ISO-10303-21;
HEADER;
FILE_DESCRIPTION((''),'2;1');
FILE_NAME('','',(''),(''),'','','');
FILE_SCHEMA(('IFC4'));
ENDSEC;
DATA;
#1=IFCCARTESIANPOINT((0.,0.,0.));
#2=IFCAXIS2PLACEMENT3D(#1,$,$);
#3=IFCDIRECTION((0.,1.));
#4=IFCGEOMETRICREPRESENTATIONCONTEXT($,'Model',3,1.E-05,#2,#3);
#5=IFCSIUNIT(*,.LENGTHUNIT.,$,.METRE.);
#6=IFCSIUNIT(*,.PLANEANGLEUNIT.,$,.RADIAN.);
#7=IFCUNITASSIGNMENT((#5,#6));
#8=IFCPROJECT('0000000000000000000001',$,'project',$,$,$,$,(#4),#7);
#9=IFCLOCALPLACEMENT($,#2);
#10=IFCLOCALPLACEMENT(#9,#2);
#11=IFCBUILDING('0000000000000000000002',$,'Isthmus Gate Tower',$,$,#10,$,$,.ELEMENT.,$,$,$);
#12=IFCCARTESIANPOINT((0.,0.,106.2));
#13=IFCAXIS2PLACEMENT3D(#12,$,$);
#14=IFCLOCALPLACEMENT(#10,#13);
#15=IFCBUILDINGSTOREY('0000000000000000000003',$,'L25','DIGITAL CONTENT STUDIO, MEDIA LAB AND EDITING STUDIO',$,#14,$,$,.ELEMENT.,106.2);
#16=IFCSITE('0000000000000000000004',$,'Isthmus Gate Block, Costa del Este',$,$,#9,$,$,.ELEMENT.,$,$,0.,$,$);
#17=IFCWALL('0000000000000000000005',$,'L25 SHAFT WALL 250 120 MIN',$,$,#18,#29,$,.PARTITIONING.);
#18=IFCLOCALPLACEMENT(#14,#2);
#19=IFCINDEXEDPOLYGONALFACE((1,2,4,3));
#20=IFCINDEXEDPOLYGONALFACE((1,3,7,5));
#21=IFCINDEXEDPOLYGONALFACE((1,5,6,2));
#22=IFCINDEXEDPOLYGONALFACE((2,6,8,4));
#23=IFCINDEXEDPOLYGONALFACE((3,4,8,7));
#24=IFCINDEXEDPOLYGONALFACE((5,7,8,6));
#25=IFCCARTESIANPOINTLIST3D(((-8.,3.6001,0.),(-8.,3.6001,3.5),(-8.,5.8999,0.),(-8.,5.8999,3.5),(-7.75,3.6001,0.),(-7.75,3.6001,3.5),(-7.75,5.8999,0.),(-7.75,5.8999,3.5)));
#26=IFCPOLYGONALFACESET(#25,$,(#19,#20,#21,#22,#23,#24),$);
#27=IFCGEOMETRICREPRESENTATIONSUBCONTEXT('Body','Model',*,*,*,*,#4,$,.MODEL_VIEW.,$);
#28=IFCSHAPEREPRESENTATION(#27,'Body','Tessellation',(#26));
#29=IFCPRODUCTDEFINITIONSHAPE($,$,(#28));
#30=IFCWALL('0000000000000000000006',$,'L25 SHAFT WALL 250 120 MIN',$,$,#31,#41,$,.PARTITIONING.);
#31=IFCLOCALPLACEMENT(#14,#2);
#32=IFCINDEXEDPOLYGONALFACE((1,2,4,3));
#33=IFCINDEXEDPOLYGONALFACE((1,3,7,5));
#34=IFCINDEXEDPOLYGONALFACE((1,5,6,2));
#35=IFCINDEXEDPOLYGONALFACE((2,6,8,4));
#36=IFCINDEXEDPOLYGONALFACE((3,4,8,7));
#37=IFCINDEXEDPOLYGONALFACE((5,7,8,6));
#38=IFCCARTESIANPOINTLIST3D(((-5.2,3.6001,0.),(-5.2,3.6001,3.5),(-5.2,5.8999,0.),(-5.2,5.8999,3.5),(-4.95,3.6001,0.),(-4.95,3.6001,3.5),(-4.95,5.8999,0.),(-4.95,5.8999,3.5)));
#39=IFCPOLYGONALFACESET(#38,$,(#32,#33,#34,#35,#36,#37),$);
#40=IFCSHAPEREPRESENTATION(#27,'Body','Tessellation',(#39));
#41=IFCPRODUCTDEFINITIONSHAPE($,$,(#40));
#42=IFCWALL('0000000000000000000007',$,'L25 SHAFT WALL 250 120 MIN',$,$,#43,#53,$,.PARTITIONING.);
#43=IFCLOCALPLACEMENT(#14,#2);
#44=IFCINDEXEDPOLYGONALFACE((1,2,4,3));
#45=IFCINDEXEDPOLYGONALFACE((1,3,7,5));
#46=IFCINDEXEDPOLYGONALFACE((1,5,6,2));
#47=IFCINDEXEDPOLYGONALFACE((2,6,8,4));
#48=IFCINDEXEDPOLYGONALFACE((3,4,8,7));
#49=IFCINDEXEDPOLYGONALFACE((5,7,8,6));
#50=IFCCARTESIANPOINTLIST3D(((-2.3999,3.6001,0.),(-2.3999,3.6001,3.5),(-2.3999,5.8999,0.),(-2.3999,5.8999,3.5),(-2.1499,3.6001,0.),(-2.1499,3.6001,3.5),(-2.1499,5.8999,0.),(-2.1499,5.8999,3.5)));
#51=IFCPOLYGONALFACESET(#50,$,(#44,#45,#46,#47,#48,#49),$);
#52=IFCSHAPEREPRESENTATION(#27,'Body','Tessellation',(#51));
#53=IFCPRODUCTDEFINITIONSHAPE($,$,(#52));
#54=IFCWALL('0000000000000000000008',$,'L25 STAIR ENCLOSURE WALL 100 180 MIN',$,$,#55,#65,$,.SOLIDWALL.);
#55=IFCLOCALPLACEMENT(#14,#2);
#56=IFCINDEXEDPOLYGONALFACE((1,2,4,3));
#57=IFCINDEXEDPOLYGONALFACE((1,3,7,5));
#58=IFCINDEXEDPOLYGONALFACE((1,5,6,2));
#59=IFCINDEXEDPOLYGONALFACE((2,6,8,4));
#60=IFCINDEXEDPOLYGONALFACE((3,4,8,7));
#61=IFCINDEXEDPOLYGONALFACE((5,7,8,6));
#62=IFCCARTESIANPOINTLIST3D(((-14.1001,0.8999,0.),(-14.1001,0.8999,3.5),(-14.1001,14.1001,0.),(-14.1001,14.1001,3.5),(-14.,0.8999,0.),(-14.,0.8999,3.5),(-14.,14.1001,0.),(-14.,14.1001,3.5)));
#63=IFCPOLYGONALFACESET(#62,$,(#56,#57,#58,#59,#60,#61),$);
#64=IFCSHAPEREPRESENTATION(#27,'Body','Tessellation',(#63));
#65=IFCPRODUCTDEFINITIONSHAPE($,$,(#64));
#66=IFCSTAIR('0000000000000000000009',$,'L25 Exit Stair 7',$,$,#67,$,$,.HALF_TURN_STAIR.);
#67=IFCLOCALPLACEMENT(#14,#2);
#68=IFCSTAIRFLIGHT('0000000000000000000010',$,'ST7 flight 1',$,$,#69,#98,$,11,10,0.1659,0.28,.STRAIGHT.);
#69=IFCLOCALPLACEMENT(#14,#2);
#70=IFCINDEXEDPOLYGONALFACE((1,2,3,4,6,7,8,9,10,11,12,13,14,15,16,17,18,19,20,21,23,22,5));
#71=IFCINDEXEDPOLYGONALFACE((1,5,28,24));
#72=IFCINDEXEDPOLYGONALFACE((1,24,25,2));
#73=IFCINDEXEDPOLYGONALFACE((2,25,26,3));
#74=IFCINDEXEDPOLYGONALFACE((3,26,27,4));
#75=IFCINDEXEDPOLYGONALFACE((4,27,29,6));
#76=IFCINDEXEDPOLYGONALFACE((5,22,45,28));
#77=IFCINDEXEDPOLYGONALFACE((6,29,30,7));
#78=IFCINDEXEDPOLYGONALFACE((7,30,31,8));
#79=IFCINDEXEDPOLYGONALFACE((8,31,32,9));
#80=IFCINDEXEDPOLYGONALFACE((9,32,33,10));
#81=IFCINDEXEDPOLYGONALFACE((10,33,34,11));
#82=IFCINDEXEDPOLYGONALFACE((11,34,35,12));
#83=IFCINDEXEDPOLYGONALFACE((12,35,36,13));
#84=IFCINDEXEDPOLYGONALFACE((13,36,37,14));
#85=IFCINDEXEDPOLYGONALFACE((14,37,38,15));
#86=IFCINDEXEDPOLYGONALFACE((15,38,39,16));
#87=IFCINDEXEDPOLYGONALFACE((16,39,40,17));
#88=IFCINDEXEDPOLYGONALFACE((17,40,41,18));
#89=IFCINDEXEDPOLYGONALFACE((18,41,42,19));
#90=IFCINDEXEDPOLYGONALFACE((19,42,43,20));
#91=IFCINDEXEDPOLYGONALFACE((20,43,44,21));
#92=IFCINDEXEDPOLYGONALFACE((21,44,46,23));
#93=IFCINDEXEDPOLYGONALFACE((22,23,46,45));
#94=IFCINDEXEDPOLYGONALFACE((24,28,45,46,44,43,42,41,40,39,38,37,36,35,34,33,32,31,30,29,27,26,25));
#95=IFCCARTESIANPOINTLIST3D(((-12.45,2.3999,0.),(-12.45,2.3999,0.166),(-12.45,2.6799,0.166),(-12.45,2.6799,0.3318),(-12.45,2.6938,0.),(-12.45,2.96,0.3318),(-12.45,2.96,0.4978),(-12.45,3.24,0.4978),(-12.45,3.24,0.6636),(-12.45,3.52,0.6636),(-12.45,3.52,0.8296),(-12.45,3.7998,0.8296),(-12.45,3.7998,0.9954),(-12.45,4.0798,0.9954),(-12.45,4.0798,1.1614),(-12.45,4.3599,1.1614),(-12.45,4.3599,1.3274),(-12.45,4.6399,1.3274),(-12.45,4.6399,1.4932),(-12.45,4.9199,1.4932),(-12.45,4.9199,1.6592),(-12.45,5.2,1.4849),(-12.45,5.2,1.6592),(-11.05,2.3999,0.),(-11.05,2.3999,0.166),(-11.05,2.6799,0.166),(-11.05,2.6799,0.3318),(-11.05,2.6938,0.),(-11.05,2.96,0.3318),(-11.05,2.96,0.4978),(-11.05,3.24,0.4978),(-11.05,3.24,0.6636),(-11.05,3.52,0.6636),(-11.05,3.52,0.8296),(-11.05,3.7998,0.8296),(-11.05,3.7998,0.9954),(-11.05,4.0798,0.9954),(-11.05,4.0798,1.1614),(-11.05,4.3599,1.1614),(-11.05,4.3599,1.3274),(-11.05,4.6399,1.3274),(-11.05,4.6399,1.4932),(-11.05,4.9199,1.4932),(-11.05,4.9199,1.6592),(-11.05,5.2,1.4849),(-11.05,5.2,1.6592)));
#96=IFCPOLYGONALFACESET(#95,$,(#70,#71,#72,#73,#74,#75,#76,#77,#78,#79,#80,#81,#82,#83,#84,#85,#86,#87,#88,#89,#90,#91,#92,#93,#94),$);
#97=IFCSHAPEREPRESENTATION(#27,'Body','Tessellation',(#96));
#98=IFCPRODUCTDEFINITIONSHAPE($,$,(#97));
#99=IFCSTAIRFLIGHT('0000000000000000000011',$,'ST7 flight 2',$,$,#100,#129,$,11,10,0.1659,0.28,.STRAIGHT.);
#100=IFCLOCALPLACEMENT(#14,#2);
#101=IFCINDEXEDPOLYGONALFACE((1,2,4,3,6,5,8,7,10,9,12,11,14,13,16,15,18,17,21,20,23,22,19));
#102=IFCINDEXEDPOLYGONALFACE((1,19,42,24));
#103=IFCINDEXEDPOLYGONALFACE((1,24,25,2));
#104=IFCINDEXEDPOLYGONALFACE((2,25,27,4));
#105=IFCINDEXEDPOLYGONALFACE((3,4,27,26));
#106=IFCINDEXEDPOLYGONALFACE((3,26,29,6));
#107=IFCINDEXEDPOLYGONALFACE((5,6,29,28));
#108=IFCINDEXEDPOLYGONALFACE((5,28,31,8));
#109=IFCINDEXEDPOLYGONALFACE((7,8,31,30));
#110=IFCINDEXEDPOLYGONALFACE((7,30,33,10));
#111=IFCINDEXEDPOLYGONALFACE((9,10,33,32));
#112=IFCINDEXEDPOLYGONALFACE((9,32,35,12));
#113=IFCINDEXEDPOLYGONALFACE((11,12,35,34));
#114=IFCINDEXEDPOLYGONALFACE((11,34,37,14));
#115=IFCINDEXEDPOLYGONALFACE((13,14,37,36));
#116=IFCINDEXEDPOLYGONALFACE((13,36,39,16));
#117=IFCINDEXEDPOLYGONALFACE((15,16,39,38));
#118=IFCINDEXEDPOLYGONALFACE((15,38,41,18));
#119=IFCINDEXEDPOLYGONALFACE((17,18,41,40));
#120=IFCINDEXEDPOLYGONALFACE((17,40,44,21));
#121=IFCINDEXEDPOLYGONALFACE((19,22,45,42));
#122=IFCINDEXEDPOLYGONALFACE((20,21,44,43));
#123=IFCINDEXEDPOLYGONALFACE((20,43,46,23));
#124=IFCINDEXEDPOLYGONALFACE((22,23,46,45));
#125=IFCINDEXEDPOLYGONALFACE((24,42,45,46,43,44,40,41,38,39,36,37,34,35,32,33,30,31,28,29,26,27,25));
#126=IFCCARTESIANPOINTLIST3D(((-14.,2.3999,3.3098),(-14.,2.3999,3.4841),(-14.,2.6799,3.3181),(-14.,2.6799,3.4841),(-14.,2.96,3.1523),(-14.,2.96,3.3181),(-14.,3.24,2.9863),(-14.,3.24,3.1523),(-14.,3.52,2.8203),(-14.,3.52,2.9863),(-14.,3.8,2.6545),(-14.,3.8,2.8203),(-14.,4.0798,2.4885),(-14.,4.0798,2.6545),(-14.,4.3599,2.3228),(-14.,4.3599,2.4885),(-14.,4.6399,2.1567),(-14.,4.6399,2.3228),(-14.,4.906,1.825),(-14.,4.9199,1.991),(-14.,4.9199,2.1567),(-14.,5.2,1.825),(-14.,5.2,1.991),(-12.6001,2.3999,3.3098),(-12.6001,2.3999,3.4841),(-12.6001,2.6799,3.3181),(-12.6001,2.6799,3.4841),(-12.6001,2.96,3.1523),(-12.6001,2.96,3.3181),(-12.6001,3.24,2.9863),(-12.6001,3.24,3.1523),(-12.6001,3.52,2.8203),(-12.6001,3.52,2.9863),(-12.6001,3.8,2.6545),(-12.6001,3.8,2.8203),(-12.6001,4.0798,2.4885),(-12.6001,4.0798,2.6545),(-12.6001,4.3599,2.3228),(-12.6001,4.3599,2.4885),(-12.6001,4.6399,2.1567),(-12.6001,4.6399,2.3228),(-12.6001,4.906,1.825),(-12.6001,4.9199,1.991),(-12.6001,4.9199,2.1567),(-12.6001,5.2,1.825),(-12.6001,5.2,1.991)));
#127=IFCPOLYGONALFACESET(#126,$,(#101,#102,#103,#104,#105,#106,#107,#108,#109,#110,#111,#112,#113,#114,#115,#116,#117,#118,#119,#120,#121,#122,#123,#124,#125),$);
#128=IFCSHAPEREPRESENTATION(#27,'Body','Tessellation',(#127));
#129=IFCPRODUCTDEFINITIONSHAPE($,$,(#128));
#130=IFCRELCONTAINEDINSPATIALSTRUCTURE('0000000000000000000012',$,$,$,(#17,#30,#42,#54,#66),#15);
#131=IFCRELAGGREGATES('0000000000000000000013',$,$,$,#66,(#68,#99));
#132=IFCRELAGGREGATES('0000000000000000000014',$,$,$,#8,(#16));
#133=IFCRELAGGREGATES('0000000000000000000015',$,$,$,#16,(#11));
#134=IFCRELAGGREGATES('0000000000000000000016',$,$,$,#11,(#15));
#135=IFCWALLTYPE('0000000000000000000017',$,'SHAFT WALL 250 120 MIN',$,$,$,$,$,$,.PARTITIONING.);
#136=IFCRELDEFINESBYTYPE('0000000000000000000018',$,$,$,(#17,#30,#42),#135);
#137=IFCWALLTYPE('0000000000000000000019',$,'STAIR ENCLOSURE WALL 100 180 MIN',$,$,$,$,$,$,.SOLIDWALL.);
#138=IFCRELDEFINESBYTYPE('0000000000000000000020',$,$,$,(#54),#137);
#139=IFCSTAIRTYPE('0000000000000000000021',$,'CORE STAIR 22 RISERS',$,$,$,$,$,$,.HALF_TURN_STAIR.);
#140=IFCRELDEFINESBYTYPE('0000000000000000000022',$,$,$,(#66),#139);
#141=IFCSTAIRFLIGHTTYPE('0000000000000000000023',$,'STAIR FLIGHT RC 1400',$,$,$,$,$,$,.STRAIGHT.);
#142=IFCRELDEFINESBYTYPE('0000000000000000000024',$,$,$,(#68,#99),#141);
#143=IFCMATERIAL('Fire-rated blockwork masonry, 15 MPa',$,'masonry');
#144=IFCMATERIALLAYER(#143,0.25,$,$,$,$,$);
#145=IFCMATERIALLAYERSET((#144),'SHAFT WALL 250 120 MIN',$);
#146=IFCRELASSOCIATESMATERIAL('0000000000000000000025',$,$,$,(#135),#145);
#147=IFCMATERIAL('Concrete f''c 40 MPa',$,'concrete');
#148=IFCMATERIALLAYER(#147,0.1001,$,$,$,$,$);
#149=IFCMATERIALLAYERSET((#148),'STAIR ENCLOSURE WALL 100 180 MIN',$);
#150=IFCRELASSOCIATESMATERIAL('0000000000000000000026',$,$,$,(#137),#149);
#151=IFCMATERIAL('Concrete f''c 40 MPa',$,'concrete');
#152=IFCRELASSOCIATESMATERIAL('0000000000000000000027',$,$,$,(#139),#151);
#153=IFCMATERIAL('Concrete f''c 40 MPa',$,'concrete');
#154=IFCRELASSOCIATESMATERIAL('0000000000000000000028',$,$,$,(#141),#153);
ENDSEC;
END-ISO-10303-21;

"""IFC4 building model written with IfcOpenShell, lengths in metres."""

from ifc_helpers import new_model, si_unit, direction, frame, frame_2d, origin, place, context, subcontext, project, spatial, polyline, rectangle, outline, extrude, material, layer, layer_set, type_object, element, aggregate, save


model = new_model("IFC4")

# Units and contexts
model_context = context("Model", 3, precision=1e-05, world=origin(), true_north=direction((0.0, 1.0)))
body_context = subcontext(model_context, "Body", "Model", "MODEL_VIEW")
ifc_project = project(units=[si_unit("LENGTHUNIT", "METRE"), si_unit("PLANEANGLEUNIT", "RADIAN")], contexts=[model_context])

# Site, building, storey
site_placement = place(None, origin())
site = spatial("IfcSite", under=ifc_project, at=site_placement, Name="Isthmus Gate Block, Costa del Este", CompositionType="ELEMENT", RefElevation=0.0)
building_placement = place(site_placement, origin())
building = spatial("IfcBuilding", under=site, at=building_placement, Name="Isthmus Gate Tower", CompositionType="ELEMENT")
storey_placement = place(building_placement, frame((0.0, 0.0, 106.2)))
storey = spatial("IfcBuildingStorey", under=building, at=storey_placement, Name="L25", Description="DIGITAL CONTENT STUDIO, MEDIA LAB AND EDITING STUDIO", CompositionType="ELEMENT", Elevation=106.2)

# Walls
ifc_material_1 = material(Name="Fire-rated blockwork masonry, 15 MPa", Category="masonry")
ifc_layer_1 = layer(ifc_material_1, 0.25)
ifc_layer_set_1 = layer_set([ifc_layer_1], Name="SHAFT WALL 250 120 MIN")
wall_type_1 = type_object("IfcWallType", Name="SHAFT WALL 250 120 MIN", PredefinedType="PARTITIONING", material=ifc_layer_set_1)
for number, where, z_axis, x_axis, name in (
    (1, (-7.875, 3.6001, 0.0), (0.0, 0.0, 1.0), (0.0, 1.0, 0.0), "L25 SHAFT WALL 250 120 MIN"),
    (2, (-5.075, 3.6001, 0.0), (0.0, 0.0, 1.0), (0.0, 1.0, 0.0), "L25 SHAFT WALL 250 120 MIN"),
    (3, (-2.2749, 3.6001, 0.0), (0.0, 0.0, 1.0), (0.0, 1.0, 0.0), "L25 SHAFT WALL 250 120 MIN"),
):
    element("IfcWall", number, at=place(storey_placement, frame(where, z_axis=z_axis, x_axis=x_axis)), inside=storey, type_object=wall_type_1, Name=name, PredefinedType="PARTITIONING", context=body_context, shape_type="SweptSolid", body=[
        extrude(rectangle(XDim=2.2998, YDim=0.25, at=frame_2d((1.1499, 0.0))), origin(), (0.0, 0.0, 1.0), 3.5),
    ])
ifc_material_2 = material(Name="Concrete f'c 40 MPa", Category="concrete")
ifc_layer_2 = layer(ifc_material_2, 0.1001)
ifc_layer_set_2 = layer_set([ifc_layer_2], Name="STAIR ENCLOSURE WALL 100 180 MIN")
wall_type_2 = type_object("IfcWallType", Name="STAIR ENCLOSURE WALL 100 180 MIN", PredefinedType="SOLIDWALL", material=ifc_layer_set_2)
wall_1_placement = place(storey_placement, frame((-14.05, 0.8999, 0.0), z_axis=(0.0, 0.0, 1.0), x_axis=(0.0, 1.0, 0.0)))
element("IfcWall", 4, at=wall_1_placement, inside=storey, type_object=wall_type_2, Name="L25 STAIR ENCLOSURE WALL 100 180 MIN", PredefinedType="SOLIDWALL", context=body_context, shape_type="SweptSolid", body=[
    extrude(rectangle(XDim=13.2002, YDim=0.1001, at=frame_2d((6.6001, 0.0))), origin(), (0.0, 0.0, 1.0), 3.5),
])

# Stair, stair flights
ifc_material_3 = material(Name="Concrete f'c 40 MPa", Category="concrete")
stair_type = type_object("IfcStairType", Name="CORE STAIR 22 RISERS", PredefinedType="HALF_TURN_STAIR", material=ifc_material_3)
stair_placement = place(storey_placement, origin())
stair = element("IfcStair", 5, at=stair_placement, inside=storey, type_object=stair_type, Name="L25 Exit Stair 7", PredefinedType="HALF_TURN_STAIR")
ifc_material_4 = material(Name="Concrete f'c 40 MPa", Category="concrete")
stair_flight_type = type_object("IfcStairFlightType", Name="STAIR FLIGHT RC 1400", PredefinedType="STRAIGHT", material=ifc_material_4)
stair_flight_1_placement = place(storey_placement, frame((-11.75, 2.3999, 0.0), z_axis=(0.0, 0.0, 1.0), x_axis=(0.0, 1.0, 0.0)))
stair_flight_1 = element("IfcStairFlight", 6, at=stair_flight_1_placement, type_object=stair_flight_type, Name="ST7 flight 1", NumberOfRisers=11, NumberOfTreads=10, PredefinedType="STRAIGHT", RiserHeight=0.1659, TreadLength=0.28, context=body_context, shape_type="SweptSolid", body=[
    extrude(outline(polyline([(0.0, 0.0), (0.0, 0.166), (0.28, 0.166), (0.28, 0.3318), (0.5601, 0.3318), (0.5601, 0.4978), (0.8401, 0.4978), (0.8401, 0.6636), (1.1201, 0.6636), (1.1201, 0.8296), (1.3999, 0.8296), (1.3999, 0.9954), (1.6799, 0.9954), (1.6799, 1.1614), (1.96, 1.1614), (1.96, 1.3274), (2.24, 1.3274), (2.24, 1.4932), (2.52, 1.4932), (2.52, 1.6592), (2.8, 1.6592), (2.8, 1.825), (2.8, 1.4849), (0.2939, 0.0), (0.0, 0.0)])), frame((0.0, 0.7, 0.0), z_axis=(0.0, -1.0, 0.0), x_axis=(1.0, 0.0, 0.0)), (0.0, 0.0, 1.0), 1.3999),
])
stair_flight_2_placement = place(storey_placement, frame((-13.3, 5.2, 1.825), z_axis=(0.0, 0.0, 1.0), x_axis=(0.0, -1.0, 0.0)))
stair_flight_2 = element("IfcStairFlight", 7, at=stair_flight_2_placement, type_object=stair_flight_type, Name="ST7 flight 2", NumberOfRisers=11, NumberOfTreads=10, PredefinedType="STRAIGHT", RiserHeight=0.1659, TreadLength=0.28, context=body_context, shape_type="SweptSolid", body=[
    extrude(outline(polyline([(0.0, 0.0), (0.0, 0.166), (0.28, 0.166), (0.28, 0.3318), (0.5601, 0.3318), (0.5601, 0.4978), (0.8401, 0.4978), (0.8401, 0.6636), (1.1201, 0.6636), (1.1201, 0.8296), (1.3999, 0.8296), (1.3999, 0.9954), (1.6799, 0.9954), (1.6799, 1.1614), (1.96, 1.1614), (1.96, 1.3274), (2.24, 1.3274), (2.24, 1.4932), (2.52, 1.4932), (2.52, 1.6592), (2.8, 1.6592), (2.8, 1.825), (2.8, 1.4849), (0.2939, 0.0), (0.0, 0.0)])), frame((0.0, 0.7, 0.0), z_axis=(0.0, -1.0, 0.0), x_axis=(1.0, 0.0, 0.0)), (0.0, 0.0, 1.0), 1.3999),
])
aggregate(stair, [stair_flight_1, stair_flight_2])

save(model, "model.ifc")
